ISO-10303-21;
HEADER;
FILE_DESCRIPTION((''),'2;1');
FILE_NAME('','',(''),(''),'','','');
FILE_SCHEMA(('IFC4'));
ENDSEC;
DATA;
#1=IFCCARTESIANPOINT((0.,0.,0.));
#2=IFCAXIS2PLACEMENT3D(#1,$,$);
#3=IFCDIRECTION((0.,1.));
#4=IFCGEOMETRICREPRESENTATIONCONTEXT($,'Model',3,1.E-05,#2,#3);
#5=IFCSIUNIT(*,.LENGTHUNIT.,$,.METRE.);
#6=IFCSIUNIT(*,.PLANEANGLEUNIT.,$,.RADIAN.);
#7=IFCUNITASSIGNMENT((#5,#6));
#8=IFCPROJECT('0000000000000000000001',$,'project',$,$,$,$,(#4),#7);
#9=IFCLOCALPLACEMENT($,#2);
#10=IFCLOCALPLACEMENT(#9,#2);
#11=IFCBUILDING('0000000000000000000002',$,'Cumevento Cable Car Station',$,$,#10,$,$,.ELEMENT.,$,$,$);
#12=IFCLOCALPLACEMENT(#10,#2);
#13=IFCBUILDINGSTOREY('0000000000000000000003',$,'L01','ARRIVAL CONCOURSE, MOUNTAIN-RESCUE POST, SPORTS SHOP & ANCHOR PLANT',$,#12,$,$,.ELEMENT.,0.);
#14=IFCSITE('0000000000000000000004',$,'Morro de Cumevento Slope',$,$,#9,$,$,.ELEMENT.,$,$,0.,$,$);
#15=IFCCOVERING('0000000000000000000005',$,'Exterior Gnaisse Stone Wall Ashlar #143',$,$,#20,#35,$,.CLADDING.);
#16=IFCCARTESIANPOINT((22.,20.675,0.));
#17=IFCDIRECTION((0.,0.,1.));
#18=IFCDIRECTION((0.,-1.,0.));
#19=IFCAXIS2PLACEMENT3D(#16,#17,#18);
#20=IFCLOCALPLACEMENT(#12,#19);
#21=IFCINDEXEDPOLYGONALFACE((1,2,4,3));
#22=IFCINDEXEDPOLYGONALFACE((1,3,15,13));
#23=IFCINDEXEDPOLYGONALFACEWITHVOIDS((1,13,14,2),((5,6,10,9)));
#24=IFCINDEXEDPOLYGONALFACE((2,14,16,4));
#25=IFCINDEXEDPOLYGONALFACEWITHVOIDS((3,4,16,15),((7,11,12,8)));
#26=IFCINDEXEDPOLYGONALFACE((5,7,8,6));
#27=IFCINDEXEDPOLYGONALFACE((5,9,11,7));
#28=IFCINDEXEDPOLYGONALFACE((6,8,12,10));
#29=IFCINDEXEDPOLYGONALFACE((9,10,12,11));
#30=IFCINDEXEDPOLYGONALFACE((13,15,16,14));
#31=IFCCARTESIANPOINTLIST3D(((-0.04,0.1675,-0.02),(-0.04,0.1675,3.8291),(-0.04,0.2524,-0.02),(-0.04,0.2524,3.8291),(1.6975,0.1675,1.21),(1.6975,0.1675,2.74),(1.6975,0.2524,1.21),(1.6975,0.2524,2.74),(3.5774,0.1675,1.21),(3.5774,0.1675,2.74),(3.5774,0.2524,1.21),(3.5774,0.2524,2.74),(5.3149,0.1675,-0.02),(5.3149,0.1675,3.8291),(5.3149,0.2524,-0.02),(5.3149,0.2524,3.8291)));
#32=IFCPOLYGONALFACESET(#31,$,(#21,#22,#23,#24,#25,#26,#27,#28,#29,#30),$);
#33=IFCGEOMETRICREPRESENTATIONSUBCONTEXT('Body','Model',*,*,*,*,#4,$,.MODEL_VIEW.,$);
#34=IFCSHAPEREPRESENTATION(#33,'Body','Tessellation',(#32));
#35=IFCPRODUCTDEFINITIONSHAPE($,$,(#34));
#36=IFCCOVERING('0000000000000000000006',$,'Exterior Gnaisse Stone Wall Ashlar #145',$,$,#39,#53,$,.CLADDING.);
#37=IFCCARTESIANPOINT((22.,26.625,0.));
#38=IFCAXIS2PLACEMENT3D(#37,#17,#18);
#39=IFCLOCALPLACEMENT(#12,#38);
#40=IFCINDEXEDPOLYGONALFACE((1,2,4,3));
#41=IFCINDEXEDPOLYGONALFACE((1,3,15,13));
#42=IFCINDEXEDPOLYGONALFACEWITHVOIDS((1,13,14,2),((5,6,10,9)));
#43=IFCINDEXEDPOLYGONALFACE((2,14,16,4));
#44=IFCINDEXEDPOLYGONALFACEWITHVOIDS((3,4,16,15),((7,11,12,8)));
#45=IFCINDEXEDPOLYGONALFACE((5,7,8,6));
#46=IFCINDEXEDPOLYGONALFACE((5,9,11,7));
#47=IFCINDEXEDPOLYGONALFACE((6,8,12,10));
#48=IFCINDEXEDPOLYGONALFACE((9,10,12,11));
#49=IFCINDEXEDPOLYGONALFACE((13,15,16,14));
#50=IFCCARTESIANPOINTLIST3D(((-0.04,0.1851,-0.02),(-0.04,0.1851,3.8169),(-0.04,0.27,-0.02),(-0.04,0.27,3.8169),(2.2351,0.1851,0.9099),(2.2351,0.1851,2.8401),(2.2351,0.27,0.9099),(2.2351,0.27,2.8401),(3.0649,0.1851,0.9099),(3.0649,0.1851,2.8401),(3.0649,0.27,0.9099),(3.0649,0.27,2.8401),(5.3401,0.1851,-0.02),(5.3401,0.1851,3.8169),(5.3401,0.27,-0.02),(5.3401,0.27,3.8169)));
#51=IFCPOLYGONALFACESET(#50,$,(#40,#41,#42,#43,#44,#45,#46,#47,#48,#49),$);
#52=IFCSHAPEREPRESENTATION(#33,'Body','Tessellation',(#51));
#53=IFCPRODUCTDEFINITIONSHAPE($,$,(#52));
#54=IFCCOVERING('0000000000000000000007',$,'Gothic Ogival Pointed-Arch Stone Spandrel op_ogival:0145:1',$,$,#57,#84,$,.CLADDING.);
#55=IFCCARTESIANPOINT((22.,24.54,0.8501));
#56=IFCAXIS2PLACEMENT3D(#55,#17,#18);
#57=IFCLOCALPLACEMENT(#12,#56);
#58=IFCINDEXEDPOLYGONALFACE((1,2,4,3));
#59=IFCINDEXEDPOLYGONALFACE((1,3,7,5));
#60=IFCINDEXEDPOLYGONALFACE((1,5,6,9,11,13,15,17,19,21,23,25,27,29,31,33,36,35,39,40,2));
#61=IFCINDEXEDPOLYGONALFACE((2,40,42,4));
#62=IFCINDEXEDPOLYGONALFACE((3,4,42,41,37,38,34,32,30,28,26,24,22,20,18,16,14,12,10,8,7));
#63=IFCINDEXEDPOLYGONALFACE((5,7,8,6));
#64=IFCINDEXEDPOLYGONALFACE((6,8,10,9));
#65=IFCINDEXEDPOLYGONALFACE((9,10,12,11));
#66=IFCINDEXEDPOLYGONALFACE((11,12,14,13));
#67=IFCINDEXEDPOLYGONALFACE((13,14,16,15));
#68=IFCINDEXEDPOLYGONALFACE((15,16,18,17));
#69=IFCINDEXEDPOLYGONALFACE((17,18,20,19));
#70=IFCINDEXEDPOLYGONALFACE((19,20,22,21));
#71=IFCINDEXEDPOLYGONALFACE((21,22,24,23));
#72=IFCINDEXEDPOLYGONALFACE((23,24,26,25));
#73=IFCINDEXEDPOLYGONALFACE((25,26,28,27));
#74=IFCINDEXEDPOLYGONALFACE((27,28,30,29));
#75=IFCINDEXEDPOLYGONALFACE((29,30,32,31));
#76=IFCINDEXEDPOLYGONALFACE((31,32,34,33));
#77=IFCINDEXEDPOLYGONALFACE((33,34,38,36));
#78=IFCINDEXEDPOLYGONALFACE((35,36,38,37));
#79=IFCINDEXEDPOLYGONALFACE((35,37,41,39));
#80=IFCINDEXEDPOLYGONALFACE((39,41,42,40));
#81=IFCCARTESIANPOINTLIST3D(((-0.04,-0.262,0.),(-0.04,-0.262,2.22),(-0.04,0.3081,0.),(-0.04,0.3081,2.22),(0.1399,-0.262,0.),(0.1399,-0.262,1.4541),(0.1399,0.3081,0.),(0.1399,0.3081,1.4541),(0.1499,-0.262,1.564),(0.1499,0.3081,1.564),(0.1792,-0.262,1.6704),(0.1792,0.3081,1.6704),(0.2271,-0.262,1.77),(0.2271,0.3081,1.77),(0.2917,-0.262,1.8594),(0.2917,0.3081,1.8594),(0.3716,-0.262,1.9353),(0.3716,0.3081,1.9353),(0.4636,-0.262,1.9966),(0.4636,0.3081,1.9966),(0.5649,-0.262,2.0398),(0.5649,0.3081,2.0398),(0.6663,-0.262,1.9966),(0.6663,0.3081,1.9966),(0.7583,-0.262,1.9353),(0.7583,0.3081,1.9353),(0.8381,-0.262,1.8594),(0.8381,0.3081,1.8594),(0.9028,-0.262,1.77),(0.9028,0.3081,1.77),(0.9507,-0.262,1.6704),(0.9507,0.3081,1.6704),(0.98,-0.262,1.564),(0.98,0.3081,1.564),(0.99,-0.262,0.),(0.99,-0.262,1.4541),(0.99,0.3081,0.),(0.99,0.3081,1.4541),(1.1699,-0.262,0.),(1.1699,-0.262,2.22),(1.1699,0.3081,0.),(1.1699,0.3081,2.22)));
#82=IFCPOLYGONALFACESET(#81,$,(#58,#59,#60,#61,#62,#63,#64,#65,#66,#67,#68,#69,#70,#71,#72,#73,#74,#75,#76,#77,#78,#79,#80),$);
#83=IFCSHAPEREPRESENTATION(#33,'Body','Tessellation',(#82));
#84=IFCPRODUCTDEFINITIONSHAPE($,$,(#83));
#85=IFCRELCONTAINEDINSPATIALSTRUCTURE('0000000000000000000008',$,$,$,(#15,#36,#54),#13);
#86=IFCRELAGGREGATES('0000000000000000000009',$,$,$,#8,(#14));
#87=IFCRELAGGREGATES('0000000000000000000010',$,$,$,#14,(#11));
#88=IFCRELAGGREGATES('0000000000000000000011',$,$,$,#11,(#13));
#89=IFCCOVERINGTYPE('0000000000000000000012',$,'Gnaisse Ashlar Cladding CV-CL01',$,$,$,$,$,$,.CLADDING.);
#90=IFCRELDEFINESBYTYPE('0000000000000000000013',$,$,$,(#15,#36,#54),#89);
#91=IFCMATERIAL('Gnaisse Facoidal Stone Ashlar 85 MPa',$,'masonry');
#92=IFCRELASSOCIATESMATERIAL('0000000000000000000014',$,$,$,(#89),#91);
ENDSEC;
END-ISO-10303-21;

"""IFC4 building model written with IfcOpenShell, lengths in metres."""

from ifc_helpers import new_model, si_unit, direction, frame, origin, place, context, subcontext, project, spatial, polyline, outline, extrude, material, type_object, element, save


model = new_model("IFC4")

# Units and contexts
model_context = context("Model", 3, precision=1e-05, world=origin(), true_north=direction((0.0, 1.0)))
body_context = subcontext(model_context, "Body", "Model", "MODEL_VIEW")
ifc_project = project(units=[si_unit("LENGTHUNIT", "METRE"), si_unit("PLANEANGLEUNIT", "RADIAN")], contexts=[model_context])

# Site, building, storey
site_placement = place(None, origin())
site = spatial("IfcSite", under=ifc_project, at=site_placement, Name="Morro de Cumevento Slope", CompositionType="ELEMENT", RefElevation=0.0)
building_placement = place(site_placement, origin())
building = spatial("IfcBuilding", under=site, at=building_placement, Name="Cumevento Cable Car Station", CompositionType="ELEMENT")
storey_placement = place(building_placement, origin())
storey = spatial("IfcBuildingStorey", under=building, at=storey_placement, Name="L01", Description="ARRIVAL CONCOURSE, MOUNTAIN-RESCUE POST, SPORTS SHOP & ANCHOR PLANT", CompositionType="ELEMENT", Elevation=0.0)

# Coverings
ifc_material_1 = material(Name="Gnaisse Facoidal Stone Ashlar 85 MPa", Category="masonry")
covering_type = type_object("IfcCoveringType", Name="Gnaisse Ashlar Cladding CV-CL01", PredefinedType="CLADDING", material=ifc_material_1)
covering_1_placement = place(storey_placement, frame((22.0, 20.675, 0.0), z_axis=(0.0, 0.0, 1.0), x_axis=(0.0, -1.0, 0.0)))
element("IfcCovering", 1, at=covering_1_placement, inside=storey, type_object=covering_type, Name="Exterior Gnaisse Stone Wall Ashlar #143", PredefinedType="CLADDING", context=body_context, shape_type="SweptSolid", body=[
    extrude(outline(polyline([(-0.04, -0.02), (5.3149, -0.02), (5.3149, 3.8291), (-0.04, 3.8291), (-0.04, -0.02)]), holes=[polyline([(1.6975, 1.21), (3.5774, 1.21), (3.5774, 2.74), (1.6975, 2.74), (1.6975, 1.21)])]), frame((0.0, 0.2524, 0.0), z_axis=(0.0, -1.0, 0.0), x_axis=(1.0, 0.0, 0.0)), (0.0, 0.0, 1.0), 0.085),
])
covering_2_placement = place(storey_placement, frame((22.0, 26.625, 0.0), z_axis=(0.0, 0.0, 1.0), x_axis=(0.0, -1.0, 0.0)))
element("IfcCovering", 2, at=covering_2_placement, inside=storey, type_object=covering_type, Name="Exterior Gnaisse Stone Wall Ashlar #145", PredefinedType="CLADDING", context=body_context, shape_type="SweptSolid", body=[
    extrude(outline(polyline([(-0.04, -0.02), (5.3401, -0.02), (5.3401, 3.8169), (-0.04, 3.8169), (-0.04, -0.02)]), holes=[polyline([(2.2351, 0.9099), (3.0649, 0.9099), (3.0649, 2.8401), (2.2351, 2.8401), (2.2351, 0.9099)])]), frame((0.0, 0.27, 0.0), z_axis=(0.0, -1.0, 0.0), x_axis=(1.0, 0.0, 0.0)), (0.0, 0.0, 1.0), 0.085),
])
covering_3_placement = place(storey_placement, frame((22.0, 24.54, 0.8501), z_axis=(0.0, 0.0, 1.0), x_axis=(0.0, -1.0, 0.0)))
element("IfcCovering", 3, at=covering_3_placement, inside=storey, type_object=covering_type, Name="Gothic Ogival Pointed-Arch Stone Spandrel op_ogival:0145:1", PredefinedType="CLADDING", context=body_context, shape_type="SweptSolid", body=[
    extrude(outline(polyline([(-0.04, 0.0), (-0.04, 2.22), (1.1699, 2.22), (1.1699, 0.0), (0.99, 0.0), (0.99, 1.4541), (0.98, 1.564), (0.9507, 1.6704), (0.9028, 1.77), (0.8381, 1.8594), (0.7583, 1.9353), (0.6663, 1.9966), (0.5649, 2.0398), (0.4636, 1.9966), (0.3716, 1.9353), (0.2917, 1.8594), (0.2271, 1.77), (0.1792, 1.6704), (0.1499, 1.564), (0.1399, 1.4541), (0.1399, 0.0), (-0.04, 0.0)])), frame((0.0, 0.3081, 0.0), z_axis=(0.0, -1.0, 0.0), x_axis=(1.0, 0.0, 0.0)), (0.0, 0.0, 1.0), 0.5701),
])

save(model, "model.ifc")
